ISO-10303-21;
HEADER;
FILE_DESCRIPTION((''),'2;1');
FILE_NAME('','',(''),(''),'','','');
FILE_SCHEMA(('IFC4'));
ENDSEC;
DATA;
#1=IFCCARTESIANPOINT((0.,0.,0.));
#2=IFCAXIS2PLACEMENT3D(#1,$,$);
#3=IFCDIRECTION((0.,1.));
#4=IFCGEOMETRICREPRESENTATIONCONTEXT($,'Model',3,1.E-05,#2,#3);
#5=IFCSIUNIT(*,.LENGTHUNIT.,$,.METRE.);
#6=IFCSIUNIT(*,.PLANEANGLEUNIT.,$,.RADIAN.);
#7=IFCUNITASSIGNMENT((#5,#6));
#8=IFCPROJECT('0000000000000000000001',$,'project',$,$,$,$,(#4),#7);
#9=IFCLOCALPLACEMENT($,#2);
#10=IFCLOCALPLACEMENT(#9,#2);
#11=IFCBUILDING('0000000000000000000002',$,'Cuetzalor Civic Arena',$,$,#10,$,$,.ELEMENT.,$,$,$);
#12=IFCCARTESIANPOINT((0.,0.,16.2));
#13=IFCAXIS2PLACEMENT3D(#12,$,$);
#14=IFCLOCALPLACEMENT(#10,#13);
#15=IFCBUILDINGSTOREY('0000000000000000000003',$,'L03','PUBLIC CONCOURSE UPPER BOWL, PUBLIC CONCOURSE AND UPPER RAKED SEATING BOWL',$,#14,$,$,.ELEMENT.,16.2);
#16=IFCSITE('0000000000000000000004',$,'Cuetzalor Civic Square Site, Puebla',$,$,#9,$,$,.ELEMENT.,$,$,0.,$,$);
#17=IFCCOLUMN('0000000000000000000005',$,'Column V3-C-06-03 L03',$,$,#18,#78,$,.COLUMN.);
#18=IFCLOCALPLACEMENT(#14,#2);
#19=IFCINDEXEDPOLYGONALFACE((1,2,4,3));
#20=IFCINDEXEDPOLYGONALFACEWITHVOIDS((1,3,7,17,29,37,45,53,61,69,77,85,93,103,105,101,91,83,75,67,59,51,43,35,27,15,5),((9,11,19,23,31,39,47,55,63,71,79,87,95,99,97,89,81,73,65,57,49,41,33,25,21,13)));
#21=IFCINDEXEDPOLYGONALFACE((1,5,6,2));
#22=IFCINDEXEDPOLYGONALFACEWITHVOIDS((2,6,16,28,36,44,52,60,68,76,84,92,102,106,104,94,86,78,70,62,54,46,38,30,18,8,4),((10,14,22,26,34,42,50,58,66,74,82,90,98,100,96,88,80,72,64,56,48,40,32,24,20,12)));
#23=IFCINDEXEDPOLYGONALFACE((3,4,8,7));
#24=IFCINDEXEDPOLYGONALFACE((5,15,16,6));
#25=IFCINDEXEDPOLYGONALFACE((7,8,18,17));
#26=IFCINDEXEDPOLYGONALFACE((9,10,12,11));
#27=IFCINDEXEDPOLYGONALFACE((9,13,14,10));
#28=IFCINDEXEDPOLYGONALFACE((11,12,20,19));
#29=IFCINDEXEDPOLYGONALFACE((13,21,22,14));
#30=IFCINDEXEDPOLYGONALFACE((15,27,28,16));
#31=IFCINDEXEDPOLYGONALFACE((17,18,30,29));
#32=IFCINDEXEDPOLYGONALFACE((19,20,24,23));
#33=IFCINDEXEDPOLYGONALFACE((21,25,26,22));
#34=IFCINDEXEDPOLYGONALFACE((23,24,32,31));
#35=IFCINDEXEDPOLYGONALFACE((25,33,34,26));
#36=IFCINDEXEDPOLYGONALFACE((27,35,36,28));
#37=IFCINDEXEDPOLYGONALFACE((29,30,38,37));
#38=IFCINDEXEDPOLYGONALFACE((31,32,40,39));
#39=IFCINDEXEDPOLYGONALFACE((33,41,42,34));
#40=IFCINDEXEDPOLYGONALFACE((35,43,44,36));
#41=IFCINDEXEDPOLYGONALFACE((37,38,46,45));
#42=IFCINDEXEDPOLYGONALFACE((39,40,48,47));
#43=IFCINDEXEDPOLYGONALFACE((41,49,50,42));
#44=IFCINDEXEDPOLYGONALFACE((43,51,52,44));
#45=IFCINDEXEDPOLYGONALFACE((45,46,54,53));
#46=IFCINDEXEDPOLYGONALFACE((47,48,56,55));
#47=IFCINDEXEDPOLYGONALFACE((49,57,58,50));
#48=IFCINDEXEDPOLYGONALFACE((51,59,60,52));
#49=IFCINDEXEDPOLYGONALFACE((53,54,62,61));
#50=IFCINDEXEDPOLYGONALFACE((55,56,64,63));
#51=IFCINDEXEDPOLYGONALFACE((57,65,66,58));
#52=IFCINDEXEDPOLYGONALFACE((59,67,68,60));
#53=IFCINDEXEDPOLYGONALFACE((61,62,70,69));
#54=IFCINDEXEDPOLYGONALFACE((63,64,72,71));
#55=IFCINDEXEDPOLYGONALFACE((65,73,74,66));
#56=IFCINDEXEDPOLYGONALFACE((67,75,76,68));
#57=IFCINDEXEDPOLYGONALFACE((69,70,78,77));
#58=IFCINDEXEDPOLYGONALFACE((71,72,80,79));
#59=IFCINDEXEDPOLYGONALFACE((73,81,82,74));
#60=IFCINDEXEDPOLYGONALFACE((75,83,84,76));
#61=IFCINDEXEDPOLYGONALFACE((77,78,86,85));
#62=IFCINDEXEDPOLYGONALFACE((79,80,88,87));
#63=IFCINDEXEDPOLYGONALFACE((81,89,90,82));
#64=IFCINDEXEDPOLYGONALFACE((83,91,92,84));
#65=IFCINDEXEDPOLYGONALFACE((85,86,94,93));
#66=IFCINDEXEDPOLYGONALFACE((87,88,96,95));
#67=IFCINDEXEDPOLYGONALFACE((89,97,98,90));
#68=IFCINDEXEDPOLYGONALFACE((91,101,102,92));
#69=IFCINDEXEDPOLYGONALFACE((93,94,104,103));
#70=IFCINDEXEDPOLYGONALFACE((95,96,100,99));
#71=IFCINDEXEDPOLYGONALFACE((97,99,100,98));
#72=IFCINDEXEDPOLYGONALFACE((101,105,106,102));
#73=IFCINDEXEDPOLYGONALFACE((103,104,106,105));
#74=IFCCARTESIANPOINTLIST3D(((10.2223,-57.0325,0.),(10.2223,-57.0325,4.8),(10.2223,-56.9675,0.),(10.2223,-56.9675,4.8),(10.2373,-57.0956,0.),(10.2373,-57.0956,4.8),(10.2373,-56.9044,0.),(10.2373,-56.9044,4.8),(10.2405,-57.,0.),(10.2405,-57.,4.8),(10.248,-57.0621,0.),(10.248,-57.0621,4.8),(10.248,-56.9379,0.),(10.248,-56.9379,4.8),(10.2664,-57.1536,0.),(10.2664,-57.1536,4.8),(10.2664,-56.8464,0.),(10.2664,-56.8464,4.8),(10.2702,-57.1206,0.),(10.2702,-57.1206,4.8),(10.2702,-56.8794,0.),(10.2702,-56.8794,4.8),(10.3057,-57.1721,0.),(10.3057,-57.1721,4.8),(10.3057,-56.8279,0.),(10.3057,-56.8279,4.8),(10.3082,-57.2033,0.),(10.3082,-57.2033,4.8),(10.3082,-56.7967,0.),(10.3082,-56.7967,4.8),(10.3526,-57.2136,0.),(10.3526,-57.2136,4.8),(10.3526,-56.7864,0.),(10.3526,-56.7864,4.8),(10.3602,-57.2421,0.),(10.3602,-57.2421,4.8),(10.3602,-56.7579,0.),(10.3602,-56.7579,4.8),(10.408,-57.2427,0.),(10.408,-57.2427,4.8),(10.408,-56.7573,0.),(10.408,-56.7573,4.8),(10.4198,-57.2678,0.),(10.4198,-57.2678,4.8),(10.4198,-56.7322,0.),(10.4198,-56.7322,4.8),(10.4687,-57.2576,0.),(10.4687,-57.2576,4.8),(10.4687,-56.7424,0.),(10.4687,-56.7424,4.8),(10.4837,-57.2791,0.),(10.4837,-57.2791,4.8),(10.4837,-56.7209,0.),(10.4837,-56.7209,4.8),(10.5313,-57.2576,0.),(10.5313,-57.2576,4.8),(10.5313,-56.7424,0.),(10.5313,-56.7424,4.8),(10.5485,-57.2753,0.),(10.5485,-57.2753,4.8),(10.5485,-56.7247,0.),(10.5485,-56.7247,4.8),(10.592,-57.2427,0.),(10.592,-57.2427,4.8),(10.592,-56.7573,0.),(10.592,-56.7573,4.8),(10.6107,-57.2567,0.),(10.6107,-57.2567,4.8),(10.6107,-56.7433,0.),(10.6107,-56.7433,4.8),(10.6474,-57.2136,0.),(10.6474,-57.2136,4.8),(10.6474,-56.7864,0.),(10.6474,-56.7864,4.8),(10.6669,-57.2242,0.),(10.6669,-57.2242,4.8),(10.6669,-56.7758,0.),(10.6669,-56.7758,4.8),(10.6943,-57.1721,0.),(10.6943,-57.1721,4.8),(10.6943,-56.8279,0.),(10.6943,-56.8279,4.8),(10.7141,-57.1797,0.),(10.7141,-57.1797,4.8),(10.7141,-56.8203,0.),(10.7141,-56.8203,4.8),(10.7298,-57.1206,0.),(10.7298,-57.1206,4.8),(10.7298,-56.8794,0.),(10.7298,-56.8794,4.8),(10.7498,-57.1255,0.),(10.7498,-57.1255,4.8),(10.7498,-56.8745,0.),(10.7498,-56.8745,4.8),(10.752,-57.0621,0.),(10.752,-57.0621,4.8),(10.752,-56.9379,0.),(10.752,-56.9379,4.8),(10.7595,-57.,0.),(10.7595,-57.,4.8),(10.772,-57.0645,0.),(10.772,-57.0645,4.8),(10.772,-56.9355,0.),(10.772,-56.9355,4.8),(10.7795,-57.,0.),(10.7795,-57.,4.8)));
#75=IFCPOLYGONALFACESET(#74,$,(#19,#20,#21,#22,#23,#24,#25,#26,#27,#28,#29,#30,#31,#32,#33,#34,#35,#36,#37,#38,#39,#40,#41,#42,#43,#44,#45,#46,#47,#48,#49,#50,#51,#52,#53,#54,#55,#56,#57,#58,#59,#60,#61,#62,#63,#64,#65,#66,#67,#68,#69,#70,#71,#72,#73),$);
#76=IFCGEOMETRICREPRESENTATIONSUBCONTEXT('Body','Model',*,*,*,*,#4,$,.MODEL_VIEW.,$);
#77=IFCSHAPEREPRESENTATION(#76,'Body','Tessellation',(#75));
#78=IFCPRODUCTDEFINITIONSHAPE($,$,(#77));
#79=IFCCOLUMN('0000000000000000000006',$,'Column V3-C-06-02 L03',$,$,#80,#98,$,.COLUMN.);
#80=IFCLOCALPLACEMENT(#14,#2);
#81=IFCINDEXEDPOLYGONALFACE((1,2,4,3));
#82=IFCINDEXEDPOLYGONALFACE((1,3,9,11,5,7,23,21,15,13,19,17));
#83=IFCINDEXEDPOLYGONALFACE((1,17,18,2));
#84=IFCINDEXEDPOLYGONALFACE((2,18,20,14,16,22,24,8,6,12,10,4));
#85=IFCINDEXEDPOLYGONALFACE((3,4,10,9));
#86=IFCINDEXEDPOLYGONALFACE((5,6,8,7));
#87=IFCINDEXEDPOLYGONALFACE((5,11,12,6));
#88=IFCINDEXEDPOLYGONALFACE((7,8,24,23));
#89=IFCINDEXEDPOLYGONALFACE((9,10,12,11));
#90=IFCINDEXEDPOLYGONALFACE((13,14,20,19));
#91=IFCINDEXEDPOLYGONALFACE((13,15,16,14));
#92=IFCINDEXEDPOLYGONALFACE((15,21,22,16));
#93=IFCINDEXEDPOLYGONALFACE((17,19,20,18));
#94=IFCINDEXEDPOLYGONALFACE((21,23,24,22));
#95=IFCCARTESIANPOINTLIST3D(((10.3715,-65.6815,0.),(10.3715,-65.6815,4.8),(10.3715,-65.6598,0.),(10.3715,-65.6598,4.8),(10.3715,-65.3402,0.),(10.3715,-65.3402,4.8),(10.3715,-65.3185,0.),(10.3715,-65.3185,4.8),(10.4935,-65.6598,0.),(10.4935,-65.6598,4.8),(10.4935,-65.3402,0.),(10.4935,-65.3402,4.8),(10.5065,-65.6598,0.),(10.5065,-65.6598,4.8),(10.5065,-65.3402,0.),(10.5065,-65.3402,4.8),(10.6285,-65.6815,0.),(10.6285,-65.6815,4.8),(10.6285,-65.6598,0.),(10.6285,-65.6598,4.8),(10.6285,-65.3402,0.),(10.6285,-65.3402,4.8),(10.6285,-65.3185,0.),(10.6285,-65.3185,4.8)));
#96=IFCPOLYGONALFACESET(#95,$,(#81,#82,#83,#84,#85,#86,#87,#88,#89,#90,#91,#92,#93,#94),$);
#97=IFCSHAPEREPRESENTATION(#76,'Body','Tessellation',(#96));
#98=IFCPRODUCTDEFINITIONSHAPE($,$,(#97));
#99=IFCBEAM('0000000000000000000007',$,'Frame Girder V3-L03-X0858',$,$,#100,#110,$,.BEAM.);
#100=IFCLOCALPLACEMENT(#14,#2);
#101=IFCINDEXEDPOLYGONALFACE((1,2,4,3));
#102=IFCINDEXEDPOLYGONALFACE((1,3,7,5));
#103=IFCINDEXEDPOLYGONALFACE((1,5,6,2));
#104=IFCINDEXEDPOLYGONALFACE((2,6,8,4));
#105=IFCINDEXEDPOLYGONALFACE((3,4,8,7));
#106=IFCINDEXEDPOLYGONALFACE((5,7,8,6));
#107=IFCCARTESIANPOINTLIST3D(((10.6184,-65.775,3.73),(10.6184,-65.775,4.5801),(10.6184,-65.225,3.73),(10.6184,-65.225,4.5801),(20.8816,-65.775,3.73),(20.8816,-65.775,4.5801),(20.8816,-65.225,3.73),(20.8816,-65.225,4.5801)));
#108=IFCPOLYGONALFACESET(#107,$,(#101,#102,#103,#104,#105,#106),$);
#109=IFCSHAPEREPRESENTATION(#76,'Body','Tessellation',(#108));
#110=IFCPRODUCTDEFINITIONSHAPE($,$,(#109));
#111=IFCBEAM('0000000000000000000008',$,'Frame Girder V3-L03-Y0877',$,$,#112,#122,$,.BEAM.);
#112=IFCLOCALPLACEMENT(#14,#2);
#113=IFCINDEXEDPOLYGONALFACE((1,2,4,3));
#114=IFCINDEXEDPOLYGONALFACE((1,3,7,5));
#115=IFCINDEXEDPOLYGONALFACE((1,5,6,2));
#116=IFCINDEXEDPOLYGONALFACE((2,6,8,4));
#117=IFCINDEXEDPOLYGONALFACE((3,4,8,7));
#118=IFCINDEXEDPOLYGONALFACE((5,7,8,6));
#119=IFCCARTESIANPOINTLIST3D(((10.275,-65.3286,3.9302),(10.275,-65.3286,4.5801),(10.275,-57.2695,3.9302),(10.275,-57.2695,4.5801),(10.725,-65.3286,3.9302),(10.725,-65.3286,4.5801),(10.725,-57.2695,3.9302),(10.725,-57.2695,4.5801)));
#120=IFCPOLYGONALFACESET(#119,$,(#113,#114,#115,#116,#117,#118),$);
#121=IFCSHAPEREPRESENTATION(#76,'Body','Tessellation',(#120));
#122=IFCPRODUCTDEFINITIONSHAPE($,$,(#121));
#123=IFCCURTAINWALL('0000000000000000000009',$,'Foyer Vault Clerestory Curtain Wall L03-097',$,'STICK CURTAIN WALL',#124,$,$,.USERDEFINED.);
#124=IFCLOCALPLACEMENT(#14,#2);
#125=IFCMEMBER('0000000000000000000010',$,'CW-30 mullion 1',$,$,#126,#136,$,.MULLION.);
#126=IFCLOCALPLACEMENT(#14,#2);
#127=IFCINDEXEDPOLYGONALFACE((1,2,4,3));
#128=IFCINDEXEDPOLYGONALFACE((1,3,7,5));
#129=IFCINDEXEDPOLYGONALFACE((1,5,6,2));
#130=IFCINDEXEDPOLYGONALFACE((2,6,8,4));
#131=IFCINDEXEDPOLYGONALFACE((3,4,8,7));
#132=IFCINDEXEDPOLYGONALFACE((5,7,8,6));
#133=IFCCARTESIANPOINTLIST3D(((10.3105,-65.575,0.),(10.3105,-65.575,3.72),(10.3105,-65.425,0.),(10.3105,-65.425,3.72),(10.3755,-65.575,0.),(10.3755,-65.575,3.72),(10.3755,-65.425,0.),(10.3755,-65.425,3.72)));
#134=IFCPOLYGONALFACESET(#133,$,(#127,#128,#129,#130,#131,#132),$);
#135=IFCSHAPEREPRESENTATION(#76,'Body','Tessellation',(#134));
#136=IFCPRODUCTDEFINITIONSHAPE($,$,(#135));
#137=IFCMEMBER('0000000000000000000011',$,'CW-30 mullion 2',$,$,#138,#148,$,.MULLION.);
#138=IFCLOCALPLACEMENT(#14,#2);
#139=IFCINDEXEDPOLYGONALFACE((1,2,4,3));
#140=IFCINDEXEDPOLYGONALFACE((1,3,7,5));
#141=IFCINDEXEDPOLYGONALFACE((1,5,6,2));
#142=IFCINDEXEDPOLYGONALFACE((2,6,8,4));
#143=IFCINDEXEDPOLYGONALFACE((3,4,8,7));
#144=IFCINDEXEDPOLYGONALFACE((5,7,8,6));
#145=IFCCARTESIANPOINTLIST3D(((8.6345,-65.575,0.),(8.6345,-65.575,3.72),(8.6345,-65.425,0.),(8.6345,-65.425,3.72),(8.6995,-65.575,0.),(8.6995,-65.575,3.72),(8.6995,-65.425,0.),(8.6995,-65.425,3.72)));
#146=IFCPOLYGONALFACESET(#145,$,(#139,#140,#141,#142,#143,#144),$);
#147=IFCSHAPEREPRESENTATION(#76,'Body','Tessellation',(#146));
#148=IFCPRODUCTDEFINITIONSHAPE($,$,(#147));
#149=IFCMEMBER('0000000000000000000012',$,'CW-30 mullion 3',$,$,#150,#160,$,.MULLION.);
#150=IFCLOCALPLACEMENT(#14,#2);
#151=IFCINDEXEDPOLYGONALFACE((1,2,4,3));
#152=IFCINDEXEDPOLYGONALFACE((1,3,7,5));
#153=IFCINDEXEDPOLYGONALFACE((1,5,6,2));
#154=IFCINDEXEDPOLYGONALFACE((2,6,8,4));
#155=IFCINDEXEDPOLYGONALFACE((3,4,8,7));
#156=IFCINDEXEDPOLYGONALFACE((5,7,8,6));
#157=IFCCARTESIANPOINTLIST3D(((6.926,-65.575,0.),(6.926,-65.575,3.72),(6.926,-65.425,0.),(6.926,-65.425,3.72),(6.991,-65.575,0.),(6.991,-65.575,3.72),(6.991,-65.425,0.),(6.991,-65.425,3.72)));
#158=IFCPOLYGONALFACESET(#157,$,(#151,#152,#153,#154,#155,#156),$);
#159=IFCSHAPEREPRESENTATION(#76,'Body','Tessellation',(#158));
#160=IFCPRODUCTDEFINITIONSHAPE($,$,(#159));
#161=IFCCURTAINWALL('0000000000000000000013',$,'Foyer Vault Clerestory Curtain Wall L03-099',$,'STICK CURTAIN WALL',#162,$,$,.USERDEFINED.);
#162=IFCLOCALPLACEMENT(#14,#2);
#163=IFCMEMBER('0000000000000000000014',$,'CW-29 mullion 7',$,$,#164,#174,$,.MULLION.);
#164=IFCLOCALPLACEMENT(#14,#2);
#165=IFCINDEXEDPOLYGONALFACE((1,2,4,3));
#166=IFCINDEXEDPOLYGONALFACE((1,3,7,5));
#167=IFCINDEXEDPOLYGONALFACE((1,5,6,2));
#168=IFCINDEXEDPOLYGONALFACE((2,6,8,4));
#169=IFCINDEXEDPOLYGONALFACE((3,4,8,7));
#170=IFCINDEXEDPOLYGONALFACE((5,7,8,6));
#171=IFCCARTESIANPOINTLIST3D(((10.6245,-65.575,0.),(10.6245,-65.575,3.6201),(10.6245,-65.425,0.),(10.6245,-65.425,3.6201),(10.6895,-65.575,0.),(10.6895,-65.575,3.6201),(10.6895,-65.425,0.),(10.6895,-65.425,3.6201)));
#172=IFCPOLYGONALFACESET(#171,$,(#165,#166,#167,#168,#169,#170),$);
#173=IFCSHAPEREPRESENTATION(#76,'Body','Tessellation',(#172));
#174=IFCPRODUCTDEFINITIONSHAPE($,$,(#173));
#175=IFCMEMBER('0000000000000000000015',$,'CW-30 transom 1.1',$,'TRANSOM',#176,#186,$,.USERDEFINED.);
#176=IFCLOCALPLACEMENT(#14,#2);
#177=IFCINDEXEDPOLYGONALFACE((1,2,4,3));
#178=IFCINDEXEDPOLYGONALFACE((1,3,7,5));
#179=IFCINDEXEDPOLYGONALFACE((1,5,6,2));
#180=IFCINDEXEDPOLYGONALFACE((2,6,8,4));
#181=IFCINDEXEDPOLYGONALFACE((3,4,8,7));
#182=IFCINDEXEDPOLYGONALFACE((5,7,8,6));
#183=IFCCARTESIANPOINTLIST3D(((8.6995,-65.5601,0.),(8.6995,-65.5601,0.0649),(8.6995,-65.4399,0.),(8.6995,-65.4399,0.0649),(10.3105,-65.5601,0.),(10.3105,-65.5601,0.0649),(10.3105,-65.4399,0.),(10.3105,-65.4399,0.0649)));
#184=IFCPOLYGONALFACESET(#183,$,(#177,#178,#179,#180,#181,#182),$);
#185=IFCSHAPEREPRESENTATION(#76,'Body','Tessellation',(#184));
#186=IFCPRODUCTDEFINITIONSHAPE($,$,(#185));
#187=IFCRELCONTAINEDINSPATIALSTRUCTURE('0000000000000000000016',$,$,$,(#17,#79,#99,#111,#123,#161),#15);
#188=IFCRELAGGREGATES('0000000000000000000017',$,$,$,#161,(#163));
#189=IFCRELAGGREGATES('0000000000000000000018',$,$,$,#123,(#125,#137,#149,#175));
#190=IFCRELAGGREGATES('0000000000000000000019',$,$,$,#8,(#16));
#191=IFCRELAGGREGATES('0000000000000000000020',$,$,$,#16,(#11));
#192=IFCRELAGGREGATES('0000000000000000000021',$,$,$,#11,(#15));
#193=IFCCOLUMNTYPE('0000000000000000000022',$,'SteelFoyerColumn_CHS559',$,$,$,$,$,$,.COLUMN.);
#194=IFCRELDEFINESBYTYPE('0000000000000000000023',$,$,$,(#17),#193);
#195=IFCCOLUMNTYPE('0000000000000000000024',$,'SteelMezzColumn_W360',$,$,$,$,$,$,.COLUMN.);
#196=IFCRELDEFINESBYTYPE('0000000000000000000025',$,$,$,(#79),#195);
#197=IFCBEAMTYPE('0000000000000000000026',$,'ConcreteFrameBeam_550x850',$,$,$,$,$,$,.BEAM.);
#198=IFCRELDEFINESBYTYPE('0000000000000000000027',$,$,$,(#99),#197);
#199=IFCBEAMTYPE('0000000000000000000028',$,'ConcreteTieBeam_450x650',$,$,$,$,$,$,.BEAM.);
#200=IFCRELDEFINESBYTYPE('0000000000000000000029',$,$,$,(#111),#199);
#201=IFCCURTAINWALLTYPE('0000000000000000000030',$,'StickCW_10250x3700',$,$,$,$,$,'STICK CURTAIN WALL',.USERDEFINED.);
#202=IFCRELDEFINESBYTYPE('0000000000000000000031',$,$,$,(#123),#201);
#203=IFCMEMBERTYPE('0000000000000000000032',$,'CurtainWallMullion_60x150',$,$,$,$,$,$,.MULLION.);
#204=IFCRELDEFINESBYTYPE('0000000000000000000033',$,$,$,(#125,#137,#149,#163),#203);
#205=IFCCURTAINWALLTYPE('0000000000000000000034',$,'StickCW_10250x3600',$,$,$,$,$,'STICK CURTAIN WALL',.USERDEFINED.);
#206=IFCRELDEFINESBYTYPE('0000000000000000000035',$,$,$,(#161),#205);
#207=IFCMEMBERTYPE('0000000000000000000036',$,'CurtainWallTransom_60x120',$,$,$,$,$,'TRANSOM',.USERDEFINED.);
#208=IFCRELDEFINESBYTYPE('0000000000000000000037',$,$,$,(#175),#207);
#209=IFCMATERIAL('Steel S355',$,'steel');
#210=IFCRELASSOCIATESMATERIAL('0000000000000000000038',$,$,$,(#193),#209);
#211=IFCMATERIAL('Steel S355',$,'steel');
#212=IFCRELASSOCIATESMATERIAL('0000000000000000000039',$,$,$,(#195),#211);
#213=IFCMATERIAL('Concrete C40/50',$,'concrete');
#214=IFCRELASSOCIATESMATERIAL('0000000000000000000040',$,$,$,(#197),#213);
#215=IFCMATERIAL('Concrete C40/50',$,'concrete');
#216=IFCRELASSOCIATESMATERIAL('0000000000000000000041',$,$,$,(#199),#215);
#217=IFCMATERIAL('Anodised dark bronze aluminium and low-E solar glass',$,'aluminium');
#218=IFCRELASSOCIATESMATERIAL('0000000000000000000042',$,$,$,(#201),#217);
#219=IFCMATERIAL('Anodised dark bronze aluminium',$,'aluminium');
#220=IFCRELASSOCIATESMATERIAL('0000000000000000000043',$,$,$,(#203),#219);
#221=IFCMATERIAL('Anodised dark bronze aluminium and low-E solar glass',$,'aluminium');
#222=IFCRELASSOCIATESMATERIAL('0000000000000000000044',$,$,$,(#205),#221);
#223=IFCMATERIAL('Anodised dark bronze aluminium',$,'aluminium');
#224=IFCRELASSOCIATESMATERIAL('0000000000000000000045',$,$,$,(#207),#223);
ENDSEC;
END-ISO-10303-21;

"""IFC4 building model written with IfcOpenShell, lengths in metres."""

from ifc_helpers import new_model, si_unit, direction, frame, origin, origin_2d, place, context, subcontext, project, spatial, rectangle, hollow_circle, i_section, extrude, material, material_profile, profile_set, type_object, element, aggregate, save


model = new_model("IFC4")

# Units and contexts
model_context = context("Model", 3, precision=1e-05, world=origin(), true_north=direction((0.0, 1.0)))
body_context = subcontext(model_context, "Body", "Model", "MODEL_VIEW")
ifc_project = project(units=[si_unit("LENGTHUNIT", "METRE"), si_unit("PLANEANGLEUNIT", "RADIAN")], contexts=[model_context])

# Site, building, storey
site_placement = place(None, origin())
site = spatial("IfcSite", under=ifc_project, at=site_placement, Name="Cuetzalor Civic Square Site, Puebla", CompositionType="ELEMENT", RefElevation=0.0)
building_placement = place(site_placement, origin())
building = spatial("IfcBuilding", under=site, at=building_placement, Name="Cuetzalor Civic Arena", CompositionType="ELEMENT")
storey_placement = place(building_placement, frame((0.0, 0.0, 16.2)))
storey = spatial("IfcBuildingStorey", under=building, at=storey_placement, Name="L03", Description="PUBLIC CONCOURSE UPPER BOWL, PUBLIC CONCOURSE AND UPPER RAKED SEATING BOWL", CompositionType="ELEMENT", Elevation=16.2)

# Columns
ifc_material_1 = material(Name="Steel S355", Category="steel")
ifc_material_profile_1 = material_profile(ifc_material_1, hollow_circle(Radius=0.2795, WallThickness=0.02, at=origin_2d()), Name="CHS 559x20")
ifc_profile_set_1 = profile_set([ifc_material_profile_1], Name="Steel S355")
column_type_1 = type_object("IfcColumnType", Name="SteelFoyerColumn_CHS559", PredefinedType="COLUMN", material=ifc_profile_set_1)
column_1_placement = place(storey_placement, frame((10.5, -57.0, 0.0), z_axis=(0.0, 0.0, 1.0), x_axis=(1.0, 0.0, 0.0)))
element("IfcColumn", 1, at=column_1_placement, inside=storey, type_object=column_type_1, Name="Column V3-C-06-03 L03", PredefinedType="COLUMN", context=body_context, shape_type="SweptSolid", body=[
    extrude(hollow_circle(Radius=0.2795, WallThickness=0.02, at=origin_2d()), origin(), (0.0, 0.0, 1.0), 4.8),
])
ifc_material_2 = material(Name="Steel S355", Category="steel")
ifc_material_profile_2 = material_profile(ifc_material_2, i_section(OverallWidth=0.2571, OverallDepth=0.363, WebThickness=0.0129, FlangeThickness=0.0217, at=origin_2d()), Name="W360x122")
ifc_profile_set_2 = profile_set([ifc_material_profile_2], Name="Steel S355")
column_type_2 = type_object("IfcColumnType", Name="SteelMezzColumn_W360", PredefinedType="COLUMN", material=ifc_profile_set_2)
column_2_placement = place(storey_placement, frame((10.5, -65.5, 0.0), z_axis=(0.0, 0.0, 1.0), x_axis=(1.0, 0.0, 0.0)))
element("IfcColumn", 2, at=column_2_placement, inside=storey, type_object=column_type_2, Name="Column V3-C-06-02 L03", PredefinedType="COLUMN", context=body_context, shape_type="SweptSolid", body=[
    extrude(i_section(OverallWidth=0.2571, OverallDepth=0.363, WebThickness=0.0129, FlangeThickness=0.0217, at=origin_2d()), origin(), (0.0, 0.0, 1.0), 4.8),
])

# Beams
ifc_material_3 = material(Name="Concrete C40/50", Category="concrete")
ifc_material_profile_3 = material_profile(ifc_material_3, rectangle(XDim=0.55, YDim=0.8501, at=origin_2d()), Name="RC 550x850")
ifc_profile_set_3 = profile_set([ifc_material_profile_3], Name="Concrete C40/50")
beam_type_1 = type_object("IfcBeamType", Name="ConcreteFrameBeam_550x850", PredefinedType="BEAM", material=ifc_profile_set_3)
beam_1_placement = place(storey_placement, frame((10.6184, -65.5, 4.155), z_axis=(1.0, 0.0, 0.0), x_axis=(0.0, 1.0, 0.0)))
element("IfcBeam", 3, at=beam_1_placement, inside=storey, type_object=beam_type_1, Name="Frame Girder V3-L03-X0858", PredefinedType="BEAM", context=body_context, shape_type="SweptSolid", body=[
    extrude(rectangle(XDim=0.55, YDim=0.8501, at=origin_2d()), origin(), (0.0, 0.0, 1.0), 10.2632),
])
ifc_material_4 = material(Name="Concrete C40/50", Category="concrete")
ifc_material_profile_4 = material_profile(ifc_material_4, rectangle(XDim=0.45, YDim=0.6499, at=origin_2d()), Name="RC 450x650")
ifc_profile_set_4 = profile_set([ifc_material_profile_4], Name="Concrete C40/50")
beam_type_2 = type_object("IfcBeamType", Name="ConcreteTieBeam_450x650", PredefinedType="BEAM", material=ifc_profile_set_4)
beam_2_placement = place(storey_placement, frame((10.5, -65.3286, 4.2551), z_axis=(0.0, 1.0, 0.0), x_axis=(-1.0, 0.0, 0.0)))
element("IfcBeam", 4, at=beam_2_placement, inside=storey, type_object=beam_type_2, Name="Frame Girder V3-L03-Y0877", PredefinedType="BEAM", context=body_context, shape_type="SweptSolid", body=[
    extrude(rectangle(XDim=0.45, YDim=0.6499, at=origin_2d()), origin(), (0.0, 0.0, 1.0), 8.0591),
])

# Curtain wall, members
ifc_material_5 = material(Name="Anodised dark bronze aluminium and low-E solar glass", Category="aluminium")
curtain_wall_type_1 = type_object("IfcCurtainWallType", Name="StickCW_10250x3700", ElementType="STICK CURTAIN WALL", PredefinedType="USERDEFINED", material=ifc_material_5)
curtain_wall_1_placement = place(storey_placement, origin())
curtain_wall_1 = element("IfcCurtainWall", 5, at=curtain_wall_1_placement, inside=storey, type_object=curtain_wall_type_1, Name="Foyer Vault Clerestory Curtain Wall L03-097", ObjectType="STICK CURTAIN WALL", PredefinedType="USERDEFINED")
ifc_material_6 = material(Name="Anodised dark bronze aluminium", Category="aluminium")
ifc_material_profile_5 = material_profile(ifc_material_6, rectangle(XDim=0.0649, YDim=0.1499, at=origin_2d()), Name="ALU MULLION 65x150")
ifc_profile_set_5 = profile_set([ifc_material_profile_5], Name="Anodised dark bronze aluminium")
member_type_1 = type_object("IfcMemberType", Name="CurtainWallMullion_60x150", PredefinedType="MULLION", material=ifc_profile_set_5)
member_1_placement = place(storey_placement, frame((10.343, -65.5, 0.0), z_axis=(0.0, 0.0, 1.0), x_axis=(-1.0, 0.0, 0.0)))
member_1 = element("IfcMember", 6, at=member_1_placement, type_object=member_type_1, Name="CW-30 mullion 1", PredefinedType="MULLION", context=body_context, shape_type="SweptSolid", body=[
    extrude(rectangle(XDim=0.0649, YDim=0.1499, at=origin_2d()), origin(), (0.0, 0.0, 1.0), 3.72),
])
member_2_placement = place(storey_placement, frame((8.667, -65.5, 0.0), z_axis=(0.0, 0.0, 1.0), x_axis=(-1.0, 0.0, 0.0)))
member_2 = element("IfcMember", 7, at=member_2_placement, type_object=member_type_1, Name="CW-30 mullion 2", PredefinedType="MULLION", context=body_context, shape_type="SweptSolid", body=[
    extrude(rectangle(XDim=0.0649, YDim=0.1499, at=origin_2d()), origin(), (0.0, 0.0, 1.0), 3.72),
])
member_3_placement = place(storey_placement, frame((6.9585, -65.5, 0.0), z_axis=(0.0, 0.0, 1.0), x_axis=(-1.0, 0.0, 0.0)))
member_3 = element("IfcMember", 8, at=member_3_placement, type_object=member_type_1, Name="CW-30 mullion 3", PredefinedType="MULLION", context=body_context, shape_type="SweptSolid", body=[
    extrude(rectangle(XDim=0.0649, YDim=0.1499, at=origin_2d()), origin(), (0.0, 0.0, 1.0), 3.72),
])

# Curtain wall, member
ifc_material_7 = material(Name="Anodised dark bronze aluminium and low-E solar glass", Category="aluminium")
curtain_wall_type_2 = type_object("IfcCurtainWallType", Name="StickCW_10250x3600", ElementType="STICK CURTAIN WALL", PredefinedType="USERDEFINED", material=ifc_material_7)
curtain_wall_2_placement = place(storey_placement, origin())
curtain_wall_2 = element("IfcCurtainWall", 9, at=curtain_wall_2_placement, inside=storey, type_object=curtain_wall_type_2, Name="Foyer Vault Clerestory Curtain Wall L03-099", ObjectType="STICK CURTAIN WALL", PredefinedType="USERDEFINED")
member_4_placement = place(storey_placement, frame((10.657, -65.5, 0.0), z_axis=(0.0, 0.0, 1.0), x_axis=(-1.0, 0.0, 0.0)))
member_4 = element("IfcMember", 10, at=member_4_placement, type_object=member_type_1, Name="CW-29 mullion 7", PredefinedType="MULLION", context=body_context, shape_type="SweptSolid", body=[
    extrude(rectangle(XDim=0.0649, YDim=0.1499, at=origin_2d()), origin(), (0.0, 0.0, 1.0), 3.6201),
])
aggregate(curtain_wall_2, [member_4])

# Member
ifc_material_8 = material(Name="Anodised dark bronze aluminium", Category="aluminium")
ifc_material_profile_6 = material_profile(ifc_material_8, rectangle(XDim=0.1201, YDim=0.0649, at=origin_2d()), Name="ALU TRANSOM 65x120")
ifc_profile_set_6 = profile_set([ifc_material_profile_6], Name="Anodised dark bronze aluminium")
member_type_2 = type_object("IfcMemberType", Name="CurtainWallTransom_60x120", ElementType="TRANSOM", PredefinedType="USERDEFINED", material=ifc_profile_set_6)
member_5_placement = place(storey_placement, frame((10.3105, -65.5, 0.0325), z_axis=(-1.0, 0.0, 0.0), x_axis=(0.0, -1.0, 0.0)))
member_5 = element("IfcMember", 11, at=member_5_placement, type_object=member_type_2, Name="CW-30 transom 1.1", ObjectType="TRANSOM", PredefinedType="USERDEFINED", context=body_context, shape_type="SweptSolid", body=[
    extrude(rectangle(XDim=0.1201, YDim=0.0649, at=origin_2d()), origin(), (0.0, 0.0, 1.0), 1.6111),
])

aggregate(curtain_wall_1, [member_1, member_2, member_3, member_5])

save(model, "model.ifc")
